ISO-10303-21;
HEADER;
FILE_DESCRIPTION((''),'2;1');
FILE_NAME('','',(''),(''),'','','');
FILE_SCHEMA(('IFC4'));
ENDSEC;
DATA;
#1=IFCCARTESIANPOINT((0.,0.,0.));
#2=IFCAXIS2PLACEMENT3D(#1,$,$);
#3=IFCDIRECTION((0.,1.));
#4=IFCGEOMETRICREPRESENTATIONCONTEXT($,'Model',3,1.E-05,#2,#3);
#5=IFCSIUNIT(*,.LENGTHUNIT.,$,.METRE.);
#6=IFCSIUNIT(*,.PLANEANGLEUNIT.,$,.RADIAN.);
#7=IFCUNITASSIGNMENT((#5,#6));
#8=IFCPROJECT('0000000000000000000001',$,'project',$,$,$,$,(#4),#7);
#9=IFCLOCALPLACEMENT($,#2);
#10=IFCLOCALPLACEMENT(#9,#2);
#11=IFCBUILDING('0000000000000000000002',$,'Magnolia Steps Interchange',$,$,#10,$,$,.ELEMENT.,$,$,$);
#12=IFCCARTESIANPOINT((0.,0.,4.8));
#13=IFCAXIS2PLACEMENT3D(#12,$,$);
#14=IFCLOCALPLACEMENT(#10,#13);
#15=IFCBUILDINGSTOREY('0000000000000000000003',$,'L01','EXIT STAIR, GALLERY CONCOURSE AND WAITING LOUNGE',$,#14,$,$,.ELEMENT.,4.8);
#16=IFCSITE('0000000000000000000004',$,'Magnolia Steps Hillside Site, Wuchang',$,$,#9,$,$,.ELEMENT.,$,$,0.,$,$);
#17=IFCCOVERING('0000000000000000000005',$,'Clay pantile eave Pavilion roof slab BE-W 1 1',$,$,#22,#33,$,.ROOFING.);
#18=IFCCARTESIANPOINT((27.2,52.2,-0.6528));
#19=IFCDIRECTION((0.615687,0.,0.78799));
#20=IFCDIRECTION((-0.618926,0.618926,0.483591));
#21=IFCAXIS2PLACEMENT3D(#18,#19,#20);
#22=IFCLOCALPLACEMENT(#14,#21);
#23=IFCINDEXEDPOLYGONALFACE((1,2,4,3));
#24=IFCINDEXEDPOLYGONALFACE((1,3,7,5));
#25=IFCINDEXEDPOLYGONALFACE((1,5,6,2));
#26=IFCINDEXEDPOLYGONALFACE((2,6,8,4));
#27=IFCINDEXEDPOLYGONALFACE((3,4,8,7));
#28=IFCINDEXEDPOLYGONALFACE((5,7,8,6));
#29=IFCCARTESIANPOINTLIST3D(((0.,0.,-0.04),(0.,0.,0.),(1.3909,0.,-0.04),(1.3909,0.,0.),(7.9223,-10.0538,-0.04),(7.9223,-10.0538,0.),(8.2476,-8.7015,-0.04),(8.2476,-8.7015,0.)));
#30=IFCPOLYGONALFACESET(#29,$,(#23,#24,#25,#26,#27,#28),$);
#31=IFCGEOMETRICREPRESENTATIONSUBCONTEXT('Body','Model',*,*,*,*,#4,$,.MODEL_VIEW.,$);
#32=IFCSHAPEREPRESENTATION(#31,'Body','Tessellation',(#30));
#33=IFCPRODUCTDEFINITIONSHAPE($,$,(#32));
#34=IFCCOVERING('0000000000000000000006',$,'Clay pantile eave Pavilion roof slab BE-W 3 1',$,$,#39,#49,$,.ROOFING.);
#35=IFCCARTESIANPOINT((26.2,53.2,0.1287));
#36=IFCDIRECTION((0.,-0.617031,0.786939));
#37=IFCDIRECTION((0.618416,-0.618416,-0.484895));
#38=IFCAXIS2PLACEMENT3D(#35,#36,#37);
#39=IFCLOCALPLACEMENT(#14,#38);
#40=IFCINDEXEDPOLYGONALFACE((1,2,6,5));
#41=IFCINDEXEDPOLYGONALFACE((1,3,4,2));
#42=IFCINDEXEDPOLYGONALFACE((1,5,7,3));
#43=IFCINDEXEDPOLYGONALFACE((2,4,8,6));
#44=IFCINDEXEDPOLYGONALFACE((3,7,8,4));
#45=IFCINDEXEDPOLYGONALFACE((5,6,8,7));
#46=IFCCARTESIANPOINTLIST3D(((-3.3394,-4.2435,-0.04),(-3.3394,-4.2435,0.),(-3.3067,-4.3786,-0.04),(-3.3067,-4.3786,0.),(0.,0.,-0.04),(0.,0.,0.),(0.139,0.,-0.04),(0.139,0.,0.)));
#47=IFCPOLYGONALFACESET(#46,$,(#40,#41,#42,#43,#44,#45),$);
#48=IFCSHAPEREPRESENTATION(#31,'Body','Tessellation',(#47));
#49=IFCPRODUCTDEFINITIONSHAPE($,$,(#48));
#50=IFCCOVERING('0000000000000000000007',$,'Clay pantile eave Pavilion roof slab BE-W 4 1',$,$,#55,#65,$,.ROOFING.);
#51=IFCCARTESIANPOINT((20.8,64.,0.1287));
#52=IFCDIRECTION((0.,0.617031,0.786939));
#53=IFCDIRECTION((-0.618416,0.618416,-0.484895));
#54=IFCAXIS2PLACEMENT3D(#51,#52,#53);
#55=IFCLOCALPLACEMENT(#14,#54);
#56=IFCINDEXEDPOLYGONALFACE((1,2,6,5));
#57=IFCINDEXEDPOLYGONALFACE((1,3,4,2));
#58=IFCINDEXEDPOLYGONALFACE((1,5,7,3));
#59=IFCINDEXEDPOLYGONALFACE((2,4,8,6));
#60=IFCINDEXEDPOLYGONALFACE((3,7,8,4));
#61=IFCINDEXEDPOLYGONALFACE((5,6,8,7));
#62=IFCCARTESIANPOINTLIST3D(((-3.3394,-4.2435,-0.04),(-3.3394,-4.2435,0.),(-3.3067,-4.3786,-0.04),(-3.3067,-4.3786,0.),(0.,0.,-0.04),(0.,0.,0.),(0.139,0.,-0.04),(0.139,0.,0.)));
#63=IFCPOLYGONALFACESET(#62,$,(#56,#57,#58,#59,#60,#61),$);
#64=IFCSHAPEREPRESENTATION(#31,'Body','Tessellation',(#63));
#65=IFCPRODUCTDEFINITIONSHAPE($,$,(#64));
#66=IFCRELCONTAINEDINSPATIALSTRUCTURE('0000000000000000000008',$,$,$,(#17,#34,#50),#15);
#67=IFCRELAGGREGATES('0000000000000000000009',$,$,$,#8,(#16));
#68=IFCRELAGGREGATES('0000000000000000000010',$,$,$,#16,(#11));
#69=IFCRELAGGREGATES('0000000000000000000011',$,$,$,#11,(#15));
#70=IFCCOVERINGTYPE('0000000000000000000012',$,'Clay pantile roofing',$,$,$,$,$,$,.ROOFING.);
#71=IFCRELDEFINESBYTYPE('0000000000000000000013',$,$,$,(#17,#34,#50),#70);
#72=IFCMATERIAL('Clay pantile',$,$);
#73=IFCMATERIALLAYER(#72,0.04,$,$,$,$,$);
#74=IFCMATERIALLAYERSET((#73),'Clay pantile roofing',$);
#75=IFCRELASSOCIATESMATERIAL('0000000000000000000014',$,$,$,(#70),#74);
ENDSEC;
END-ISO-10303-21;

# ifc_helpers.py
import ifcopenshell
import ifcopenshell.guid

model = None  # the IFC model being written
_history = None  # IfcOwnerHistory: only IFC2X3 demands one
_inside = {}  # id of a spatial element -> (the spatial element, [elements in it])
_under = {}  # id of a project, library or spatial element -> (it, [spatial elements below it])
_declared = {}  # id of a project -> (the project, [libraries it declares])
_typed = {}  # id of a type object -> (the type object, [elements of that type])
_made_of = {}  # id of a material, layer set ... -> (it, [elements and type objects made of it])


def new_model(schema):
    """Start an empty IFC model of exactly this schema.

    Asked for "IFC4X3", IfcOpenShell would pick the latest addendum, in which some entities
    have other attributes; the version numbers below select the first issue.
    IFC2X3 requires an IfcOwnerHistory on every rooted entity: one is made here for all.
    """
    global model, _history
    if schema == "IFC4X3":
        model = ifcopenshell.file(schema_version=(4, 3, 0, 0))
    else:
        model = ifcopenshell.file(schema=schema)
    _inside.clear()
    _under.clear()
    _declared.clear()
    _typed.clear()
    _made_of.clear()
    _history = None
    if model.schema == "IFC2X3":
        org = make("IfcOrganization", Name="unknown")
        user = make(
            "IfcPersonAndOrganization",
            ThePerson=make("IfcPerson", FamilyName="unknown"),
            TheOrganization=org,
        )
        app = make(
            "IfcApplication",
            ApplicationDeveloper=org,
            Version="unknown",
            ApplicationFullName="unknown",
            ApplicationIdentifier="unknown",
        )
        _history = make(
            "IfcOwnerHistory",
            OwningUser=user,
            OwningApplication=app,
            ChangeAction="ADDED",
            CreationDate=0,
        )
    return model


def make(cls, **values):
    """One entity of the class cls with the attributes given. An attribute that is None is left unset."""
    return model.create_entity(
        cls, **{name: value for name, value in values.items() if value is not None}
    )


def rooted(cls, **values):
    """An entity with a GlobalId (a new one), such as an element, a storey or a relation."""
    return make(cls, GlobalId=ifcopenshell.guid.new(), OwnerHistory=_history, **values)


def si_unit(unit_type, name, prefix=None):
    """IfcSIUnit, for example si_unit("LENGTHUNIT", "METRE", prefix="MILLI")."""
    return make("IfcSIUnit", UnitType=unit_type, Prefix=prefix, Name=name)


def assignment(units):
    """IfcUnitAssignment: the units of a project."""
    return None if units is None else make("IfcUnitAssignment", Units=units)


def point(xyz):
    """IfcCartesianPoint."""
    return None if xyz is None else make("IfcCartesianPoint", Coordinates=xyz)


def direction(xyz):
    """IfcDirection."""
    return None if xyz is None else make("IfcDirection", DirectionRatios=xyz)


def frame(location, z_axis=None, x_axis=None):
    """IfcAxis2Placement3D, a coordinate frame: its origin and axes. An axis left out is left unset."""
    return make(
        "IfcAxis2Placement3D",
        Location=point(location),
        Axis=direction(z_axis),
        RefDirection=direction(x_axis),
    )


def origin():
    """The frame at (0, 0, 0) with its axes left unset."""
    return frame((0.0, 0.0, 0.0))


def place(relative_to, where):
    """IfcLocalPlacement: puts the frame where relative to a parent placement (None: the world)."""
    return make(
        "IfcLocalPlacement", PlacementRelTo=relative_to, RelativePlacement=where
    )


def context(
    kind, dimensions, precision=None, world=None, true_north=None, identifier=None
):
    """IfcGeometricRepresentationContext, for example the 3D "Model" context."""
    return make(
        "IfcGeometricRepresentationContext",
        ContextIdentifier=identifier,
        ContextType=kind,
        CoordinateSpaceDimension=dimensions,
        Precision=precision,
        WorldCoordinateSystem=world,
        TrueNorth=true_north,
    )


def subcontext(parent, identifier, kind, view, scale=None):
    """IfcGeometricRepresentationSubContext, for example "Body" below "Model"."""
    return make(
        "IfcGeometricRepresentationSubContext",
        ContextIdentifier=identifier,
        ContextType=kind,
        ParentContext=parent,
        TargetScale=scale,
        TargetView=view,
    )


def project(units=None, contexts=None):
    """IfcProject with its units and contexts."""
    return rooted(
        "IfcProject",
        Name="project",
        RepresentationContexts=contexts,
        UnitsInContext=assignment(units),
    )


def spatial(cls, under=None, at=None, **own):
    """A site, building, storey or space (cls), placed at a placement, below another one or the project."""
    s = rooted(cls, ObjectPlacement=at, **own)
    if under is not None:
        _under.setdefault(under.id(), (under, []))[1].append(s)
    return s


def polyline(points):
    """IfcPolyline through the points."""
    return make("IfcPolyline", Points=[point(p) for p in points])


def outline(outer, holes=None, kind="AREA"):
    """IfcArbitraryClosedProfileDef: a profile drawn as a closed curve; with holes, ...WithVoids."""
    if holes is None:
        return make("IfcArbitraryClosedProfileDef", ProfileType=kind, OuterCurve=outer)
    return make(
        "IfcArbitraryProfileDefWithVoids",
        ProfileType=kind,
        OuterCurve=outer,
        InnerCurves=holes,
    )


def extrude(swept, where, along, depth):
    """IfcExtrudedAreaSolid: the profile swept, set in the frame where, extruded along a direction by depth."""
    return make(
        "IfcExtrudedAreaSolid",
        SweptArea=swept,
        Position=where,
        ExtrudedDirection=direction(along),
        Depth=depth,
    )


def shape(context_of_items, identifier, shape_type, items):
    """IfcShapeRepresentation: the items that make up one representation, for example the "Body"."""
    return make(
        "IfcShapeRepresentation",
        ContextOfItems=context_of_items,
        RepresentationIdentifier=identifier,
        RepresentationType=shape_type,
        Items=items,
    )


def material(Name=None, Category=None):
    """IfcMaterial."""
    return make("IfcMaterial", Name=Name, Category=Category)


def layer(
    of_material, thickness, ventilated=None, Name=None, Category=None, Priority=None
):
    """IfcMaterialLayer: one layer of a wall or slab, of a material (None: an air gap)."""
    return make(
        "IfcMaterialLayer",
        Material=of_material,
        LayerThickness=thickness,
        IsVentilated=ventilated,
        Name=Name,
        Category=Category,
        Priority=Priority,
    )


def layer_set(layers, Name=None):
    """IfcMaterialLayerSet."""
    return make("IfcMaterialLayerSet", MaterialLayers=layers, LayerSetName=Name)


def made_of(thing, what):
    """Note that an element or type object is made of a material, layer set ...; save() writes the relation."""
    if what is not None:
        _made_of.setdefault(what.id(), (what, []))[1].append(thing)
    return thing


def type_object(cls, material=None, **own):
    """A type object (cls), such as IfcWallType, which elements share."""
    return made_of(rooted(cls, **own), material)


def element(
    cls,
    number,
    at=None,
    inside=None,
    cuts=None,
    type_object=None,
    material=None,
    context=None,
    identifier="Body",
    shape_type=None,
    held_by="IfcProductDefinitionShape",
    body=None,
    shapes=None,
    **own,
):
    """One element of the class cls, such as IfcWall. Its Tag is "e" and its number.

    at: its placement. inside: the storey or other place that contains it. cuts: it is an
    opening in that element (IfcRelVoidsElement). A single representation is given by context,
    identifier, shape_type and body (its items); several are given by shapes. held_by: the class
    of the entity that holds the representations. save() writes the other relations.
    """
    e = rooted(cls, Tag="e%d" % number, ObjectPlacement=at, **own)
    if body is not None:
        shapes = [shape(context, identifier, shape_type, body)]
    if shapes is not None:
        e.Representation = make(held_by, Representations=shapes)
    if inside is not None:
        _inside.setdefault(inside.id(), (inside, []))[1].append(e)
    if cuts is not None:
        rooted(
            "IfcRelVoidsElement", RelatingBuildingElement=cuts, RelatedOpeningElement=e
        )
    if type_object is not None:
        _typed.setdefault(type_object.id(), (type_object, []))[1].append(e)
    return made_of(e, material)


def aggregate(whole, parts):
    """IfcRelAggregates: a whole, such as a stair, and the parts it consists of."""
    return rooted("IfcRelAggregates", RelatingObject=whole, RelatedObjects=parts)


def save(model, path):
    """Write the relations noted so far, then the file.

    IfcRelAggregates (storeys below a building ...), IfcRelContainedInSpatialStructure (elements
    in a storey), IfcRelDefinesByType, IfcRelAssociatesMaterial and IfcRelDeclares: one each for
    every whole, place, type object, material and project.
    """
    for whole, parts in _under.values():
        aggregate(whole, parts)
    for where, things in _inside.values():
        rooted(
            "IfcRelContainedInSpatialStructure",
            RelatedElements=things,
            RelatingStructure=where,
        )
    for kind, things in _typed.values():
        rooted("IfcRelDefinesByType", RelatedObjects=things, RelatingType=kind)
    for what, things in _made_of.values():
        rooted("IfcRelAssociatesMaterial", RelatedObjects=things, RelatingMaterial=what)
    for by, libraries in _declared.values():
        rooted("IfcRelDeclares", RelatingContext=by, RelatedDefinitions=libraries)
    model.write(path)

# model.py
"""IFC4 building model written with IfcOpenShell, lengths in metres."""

from ifc_helpers import new_model, si_unit, direction, frame, origin, place, context, subcontext, project, spatial, polyline, outline, extrude, material, layer, layer_set, type_object, element, save


model = new_model("IFC4")

# Units and contexts
model_context = context("Model", 3, precision=1e-05, world=origin(), true_north=direction((0.0, 1.0)))
body_context = subcontext(model_context, "Body", "Model", "MODEL_VIEW")
ifc_project = project(units=[si_unit("LENGTHUNIT", "METRE"), si_unit("PLANEANGLEUNIT", "RADIAN")], contexts=[model_context])

# Site, building, storey
site_placement = place(None, origin())
site = spatial("IfcSite", under=ifc_project, at=site_placement, Name="Magnolia Steps Hillside Site, Wuchang", CompositionType="ELEMENT", RefElevation=0.0)
building_placement = place(site_placement, origin())
building = spatial("IfcBuilding", under=site, at=building_placement, Name="Magnolia Steps Interchange", CompositionType="ELEMENT")
storey_placement = place(building_placement, frame((0.0, 0.0, 4.8)))
storey = spatial("IfcBuildingStorey", under=building, at=storey_placement, Name="L01", Description="EXIT STAIR, GALLERY CONCOURSE AND WAITING LOUNGE", CompositionType="ELEMENT", Elevation=4.8)

# Coverings
ifc_material_1 = material(Name="Clay pantile")
ifc_layer_1 = layer(ifc_material_1, 0.04)
ifc_layer_set_1 = layer_set([ifc_layer_1], Name="Clay pantile roofing")
covering_type = type_object("IfcCoveringType", Name="Clay pantile roofing", PredefinedType="ROOFING", material=ifc_layer_set_1)
covering_1_placement = place(storey_placement, frame((27.2, 52.2, -0.6528), z_axis=(0.615687, 0.0, 0.78799), x_axis=(-0.618926, 0.618926, 0.483591)))
element("IfcCovering", 1, at=covering_1_placement, inside=storey, type_object=covering_type, Name="Clay pantile eave Pavilion roof slab BE-W 1 1", PredefinedType="ROOFING", context=body_context, shape_type="SweptSolid", body=[
    extrude(outline(polyline([(0.0, 0.0), (1.3909, 0.0), (8.2476, -8.7015), (7.9223, -10.0538), (0.0, 0.0)])), origin(), (0.0, 0.0, -1.0), 0.04),
])
covering_2_placement = place(storey_placement, frame((26.2, 53.2, 0.1287), z_axis=(0.0, -0.617031, 0.786939), x_axis=(0.618416, -0.618416, -0.484895)))
element("IfcCovering", 2, at=covering_2_placement, inside=storey, type_object=covering_type, Name="Clay pantile eave Pavilion roof slab BE-W 3 1", PredefinedType="ROOFING", context=body_context, shape_type="SweptSolid", body=[
    extrude(outline(polyline([(0.0, 0.0), (0.139, 0.0), (-3.3067, -4.3786), (-3.3394, -4.2435), (0.0, 0.0)])), origin(), (0.0, 0.0, -1.0), 0.04),
])
covering_3_placement = place(storey_placement, frame((20.8, 64.0, 0.1287), z_axis=(0.0, 0.617031, 0.786939), x_axis=(-0.618416, 0.618416, -0.484895)))
element("IfcCovering", 3, at=covering_3_placement, inside=storey, type_object=covering_type, Name="Clay pantile eave Pavilion roof slab BE-W 4 1", PredefinedType="ROOFING", context=body_context, shape_type="SweptSolid", body=[
    extrude(outline(polyline([(0.0, 0.0), (0.139, 0.0), (-3.3067, -4.3786), (-3.3394, -4.2435), (0.0, 0.0)])), origin(), (0.0, 0.0, -1.0), 0.04),
])

save(model, "model.ifc")
